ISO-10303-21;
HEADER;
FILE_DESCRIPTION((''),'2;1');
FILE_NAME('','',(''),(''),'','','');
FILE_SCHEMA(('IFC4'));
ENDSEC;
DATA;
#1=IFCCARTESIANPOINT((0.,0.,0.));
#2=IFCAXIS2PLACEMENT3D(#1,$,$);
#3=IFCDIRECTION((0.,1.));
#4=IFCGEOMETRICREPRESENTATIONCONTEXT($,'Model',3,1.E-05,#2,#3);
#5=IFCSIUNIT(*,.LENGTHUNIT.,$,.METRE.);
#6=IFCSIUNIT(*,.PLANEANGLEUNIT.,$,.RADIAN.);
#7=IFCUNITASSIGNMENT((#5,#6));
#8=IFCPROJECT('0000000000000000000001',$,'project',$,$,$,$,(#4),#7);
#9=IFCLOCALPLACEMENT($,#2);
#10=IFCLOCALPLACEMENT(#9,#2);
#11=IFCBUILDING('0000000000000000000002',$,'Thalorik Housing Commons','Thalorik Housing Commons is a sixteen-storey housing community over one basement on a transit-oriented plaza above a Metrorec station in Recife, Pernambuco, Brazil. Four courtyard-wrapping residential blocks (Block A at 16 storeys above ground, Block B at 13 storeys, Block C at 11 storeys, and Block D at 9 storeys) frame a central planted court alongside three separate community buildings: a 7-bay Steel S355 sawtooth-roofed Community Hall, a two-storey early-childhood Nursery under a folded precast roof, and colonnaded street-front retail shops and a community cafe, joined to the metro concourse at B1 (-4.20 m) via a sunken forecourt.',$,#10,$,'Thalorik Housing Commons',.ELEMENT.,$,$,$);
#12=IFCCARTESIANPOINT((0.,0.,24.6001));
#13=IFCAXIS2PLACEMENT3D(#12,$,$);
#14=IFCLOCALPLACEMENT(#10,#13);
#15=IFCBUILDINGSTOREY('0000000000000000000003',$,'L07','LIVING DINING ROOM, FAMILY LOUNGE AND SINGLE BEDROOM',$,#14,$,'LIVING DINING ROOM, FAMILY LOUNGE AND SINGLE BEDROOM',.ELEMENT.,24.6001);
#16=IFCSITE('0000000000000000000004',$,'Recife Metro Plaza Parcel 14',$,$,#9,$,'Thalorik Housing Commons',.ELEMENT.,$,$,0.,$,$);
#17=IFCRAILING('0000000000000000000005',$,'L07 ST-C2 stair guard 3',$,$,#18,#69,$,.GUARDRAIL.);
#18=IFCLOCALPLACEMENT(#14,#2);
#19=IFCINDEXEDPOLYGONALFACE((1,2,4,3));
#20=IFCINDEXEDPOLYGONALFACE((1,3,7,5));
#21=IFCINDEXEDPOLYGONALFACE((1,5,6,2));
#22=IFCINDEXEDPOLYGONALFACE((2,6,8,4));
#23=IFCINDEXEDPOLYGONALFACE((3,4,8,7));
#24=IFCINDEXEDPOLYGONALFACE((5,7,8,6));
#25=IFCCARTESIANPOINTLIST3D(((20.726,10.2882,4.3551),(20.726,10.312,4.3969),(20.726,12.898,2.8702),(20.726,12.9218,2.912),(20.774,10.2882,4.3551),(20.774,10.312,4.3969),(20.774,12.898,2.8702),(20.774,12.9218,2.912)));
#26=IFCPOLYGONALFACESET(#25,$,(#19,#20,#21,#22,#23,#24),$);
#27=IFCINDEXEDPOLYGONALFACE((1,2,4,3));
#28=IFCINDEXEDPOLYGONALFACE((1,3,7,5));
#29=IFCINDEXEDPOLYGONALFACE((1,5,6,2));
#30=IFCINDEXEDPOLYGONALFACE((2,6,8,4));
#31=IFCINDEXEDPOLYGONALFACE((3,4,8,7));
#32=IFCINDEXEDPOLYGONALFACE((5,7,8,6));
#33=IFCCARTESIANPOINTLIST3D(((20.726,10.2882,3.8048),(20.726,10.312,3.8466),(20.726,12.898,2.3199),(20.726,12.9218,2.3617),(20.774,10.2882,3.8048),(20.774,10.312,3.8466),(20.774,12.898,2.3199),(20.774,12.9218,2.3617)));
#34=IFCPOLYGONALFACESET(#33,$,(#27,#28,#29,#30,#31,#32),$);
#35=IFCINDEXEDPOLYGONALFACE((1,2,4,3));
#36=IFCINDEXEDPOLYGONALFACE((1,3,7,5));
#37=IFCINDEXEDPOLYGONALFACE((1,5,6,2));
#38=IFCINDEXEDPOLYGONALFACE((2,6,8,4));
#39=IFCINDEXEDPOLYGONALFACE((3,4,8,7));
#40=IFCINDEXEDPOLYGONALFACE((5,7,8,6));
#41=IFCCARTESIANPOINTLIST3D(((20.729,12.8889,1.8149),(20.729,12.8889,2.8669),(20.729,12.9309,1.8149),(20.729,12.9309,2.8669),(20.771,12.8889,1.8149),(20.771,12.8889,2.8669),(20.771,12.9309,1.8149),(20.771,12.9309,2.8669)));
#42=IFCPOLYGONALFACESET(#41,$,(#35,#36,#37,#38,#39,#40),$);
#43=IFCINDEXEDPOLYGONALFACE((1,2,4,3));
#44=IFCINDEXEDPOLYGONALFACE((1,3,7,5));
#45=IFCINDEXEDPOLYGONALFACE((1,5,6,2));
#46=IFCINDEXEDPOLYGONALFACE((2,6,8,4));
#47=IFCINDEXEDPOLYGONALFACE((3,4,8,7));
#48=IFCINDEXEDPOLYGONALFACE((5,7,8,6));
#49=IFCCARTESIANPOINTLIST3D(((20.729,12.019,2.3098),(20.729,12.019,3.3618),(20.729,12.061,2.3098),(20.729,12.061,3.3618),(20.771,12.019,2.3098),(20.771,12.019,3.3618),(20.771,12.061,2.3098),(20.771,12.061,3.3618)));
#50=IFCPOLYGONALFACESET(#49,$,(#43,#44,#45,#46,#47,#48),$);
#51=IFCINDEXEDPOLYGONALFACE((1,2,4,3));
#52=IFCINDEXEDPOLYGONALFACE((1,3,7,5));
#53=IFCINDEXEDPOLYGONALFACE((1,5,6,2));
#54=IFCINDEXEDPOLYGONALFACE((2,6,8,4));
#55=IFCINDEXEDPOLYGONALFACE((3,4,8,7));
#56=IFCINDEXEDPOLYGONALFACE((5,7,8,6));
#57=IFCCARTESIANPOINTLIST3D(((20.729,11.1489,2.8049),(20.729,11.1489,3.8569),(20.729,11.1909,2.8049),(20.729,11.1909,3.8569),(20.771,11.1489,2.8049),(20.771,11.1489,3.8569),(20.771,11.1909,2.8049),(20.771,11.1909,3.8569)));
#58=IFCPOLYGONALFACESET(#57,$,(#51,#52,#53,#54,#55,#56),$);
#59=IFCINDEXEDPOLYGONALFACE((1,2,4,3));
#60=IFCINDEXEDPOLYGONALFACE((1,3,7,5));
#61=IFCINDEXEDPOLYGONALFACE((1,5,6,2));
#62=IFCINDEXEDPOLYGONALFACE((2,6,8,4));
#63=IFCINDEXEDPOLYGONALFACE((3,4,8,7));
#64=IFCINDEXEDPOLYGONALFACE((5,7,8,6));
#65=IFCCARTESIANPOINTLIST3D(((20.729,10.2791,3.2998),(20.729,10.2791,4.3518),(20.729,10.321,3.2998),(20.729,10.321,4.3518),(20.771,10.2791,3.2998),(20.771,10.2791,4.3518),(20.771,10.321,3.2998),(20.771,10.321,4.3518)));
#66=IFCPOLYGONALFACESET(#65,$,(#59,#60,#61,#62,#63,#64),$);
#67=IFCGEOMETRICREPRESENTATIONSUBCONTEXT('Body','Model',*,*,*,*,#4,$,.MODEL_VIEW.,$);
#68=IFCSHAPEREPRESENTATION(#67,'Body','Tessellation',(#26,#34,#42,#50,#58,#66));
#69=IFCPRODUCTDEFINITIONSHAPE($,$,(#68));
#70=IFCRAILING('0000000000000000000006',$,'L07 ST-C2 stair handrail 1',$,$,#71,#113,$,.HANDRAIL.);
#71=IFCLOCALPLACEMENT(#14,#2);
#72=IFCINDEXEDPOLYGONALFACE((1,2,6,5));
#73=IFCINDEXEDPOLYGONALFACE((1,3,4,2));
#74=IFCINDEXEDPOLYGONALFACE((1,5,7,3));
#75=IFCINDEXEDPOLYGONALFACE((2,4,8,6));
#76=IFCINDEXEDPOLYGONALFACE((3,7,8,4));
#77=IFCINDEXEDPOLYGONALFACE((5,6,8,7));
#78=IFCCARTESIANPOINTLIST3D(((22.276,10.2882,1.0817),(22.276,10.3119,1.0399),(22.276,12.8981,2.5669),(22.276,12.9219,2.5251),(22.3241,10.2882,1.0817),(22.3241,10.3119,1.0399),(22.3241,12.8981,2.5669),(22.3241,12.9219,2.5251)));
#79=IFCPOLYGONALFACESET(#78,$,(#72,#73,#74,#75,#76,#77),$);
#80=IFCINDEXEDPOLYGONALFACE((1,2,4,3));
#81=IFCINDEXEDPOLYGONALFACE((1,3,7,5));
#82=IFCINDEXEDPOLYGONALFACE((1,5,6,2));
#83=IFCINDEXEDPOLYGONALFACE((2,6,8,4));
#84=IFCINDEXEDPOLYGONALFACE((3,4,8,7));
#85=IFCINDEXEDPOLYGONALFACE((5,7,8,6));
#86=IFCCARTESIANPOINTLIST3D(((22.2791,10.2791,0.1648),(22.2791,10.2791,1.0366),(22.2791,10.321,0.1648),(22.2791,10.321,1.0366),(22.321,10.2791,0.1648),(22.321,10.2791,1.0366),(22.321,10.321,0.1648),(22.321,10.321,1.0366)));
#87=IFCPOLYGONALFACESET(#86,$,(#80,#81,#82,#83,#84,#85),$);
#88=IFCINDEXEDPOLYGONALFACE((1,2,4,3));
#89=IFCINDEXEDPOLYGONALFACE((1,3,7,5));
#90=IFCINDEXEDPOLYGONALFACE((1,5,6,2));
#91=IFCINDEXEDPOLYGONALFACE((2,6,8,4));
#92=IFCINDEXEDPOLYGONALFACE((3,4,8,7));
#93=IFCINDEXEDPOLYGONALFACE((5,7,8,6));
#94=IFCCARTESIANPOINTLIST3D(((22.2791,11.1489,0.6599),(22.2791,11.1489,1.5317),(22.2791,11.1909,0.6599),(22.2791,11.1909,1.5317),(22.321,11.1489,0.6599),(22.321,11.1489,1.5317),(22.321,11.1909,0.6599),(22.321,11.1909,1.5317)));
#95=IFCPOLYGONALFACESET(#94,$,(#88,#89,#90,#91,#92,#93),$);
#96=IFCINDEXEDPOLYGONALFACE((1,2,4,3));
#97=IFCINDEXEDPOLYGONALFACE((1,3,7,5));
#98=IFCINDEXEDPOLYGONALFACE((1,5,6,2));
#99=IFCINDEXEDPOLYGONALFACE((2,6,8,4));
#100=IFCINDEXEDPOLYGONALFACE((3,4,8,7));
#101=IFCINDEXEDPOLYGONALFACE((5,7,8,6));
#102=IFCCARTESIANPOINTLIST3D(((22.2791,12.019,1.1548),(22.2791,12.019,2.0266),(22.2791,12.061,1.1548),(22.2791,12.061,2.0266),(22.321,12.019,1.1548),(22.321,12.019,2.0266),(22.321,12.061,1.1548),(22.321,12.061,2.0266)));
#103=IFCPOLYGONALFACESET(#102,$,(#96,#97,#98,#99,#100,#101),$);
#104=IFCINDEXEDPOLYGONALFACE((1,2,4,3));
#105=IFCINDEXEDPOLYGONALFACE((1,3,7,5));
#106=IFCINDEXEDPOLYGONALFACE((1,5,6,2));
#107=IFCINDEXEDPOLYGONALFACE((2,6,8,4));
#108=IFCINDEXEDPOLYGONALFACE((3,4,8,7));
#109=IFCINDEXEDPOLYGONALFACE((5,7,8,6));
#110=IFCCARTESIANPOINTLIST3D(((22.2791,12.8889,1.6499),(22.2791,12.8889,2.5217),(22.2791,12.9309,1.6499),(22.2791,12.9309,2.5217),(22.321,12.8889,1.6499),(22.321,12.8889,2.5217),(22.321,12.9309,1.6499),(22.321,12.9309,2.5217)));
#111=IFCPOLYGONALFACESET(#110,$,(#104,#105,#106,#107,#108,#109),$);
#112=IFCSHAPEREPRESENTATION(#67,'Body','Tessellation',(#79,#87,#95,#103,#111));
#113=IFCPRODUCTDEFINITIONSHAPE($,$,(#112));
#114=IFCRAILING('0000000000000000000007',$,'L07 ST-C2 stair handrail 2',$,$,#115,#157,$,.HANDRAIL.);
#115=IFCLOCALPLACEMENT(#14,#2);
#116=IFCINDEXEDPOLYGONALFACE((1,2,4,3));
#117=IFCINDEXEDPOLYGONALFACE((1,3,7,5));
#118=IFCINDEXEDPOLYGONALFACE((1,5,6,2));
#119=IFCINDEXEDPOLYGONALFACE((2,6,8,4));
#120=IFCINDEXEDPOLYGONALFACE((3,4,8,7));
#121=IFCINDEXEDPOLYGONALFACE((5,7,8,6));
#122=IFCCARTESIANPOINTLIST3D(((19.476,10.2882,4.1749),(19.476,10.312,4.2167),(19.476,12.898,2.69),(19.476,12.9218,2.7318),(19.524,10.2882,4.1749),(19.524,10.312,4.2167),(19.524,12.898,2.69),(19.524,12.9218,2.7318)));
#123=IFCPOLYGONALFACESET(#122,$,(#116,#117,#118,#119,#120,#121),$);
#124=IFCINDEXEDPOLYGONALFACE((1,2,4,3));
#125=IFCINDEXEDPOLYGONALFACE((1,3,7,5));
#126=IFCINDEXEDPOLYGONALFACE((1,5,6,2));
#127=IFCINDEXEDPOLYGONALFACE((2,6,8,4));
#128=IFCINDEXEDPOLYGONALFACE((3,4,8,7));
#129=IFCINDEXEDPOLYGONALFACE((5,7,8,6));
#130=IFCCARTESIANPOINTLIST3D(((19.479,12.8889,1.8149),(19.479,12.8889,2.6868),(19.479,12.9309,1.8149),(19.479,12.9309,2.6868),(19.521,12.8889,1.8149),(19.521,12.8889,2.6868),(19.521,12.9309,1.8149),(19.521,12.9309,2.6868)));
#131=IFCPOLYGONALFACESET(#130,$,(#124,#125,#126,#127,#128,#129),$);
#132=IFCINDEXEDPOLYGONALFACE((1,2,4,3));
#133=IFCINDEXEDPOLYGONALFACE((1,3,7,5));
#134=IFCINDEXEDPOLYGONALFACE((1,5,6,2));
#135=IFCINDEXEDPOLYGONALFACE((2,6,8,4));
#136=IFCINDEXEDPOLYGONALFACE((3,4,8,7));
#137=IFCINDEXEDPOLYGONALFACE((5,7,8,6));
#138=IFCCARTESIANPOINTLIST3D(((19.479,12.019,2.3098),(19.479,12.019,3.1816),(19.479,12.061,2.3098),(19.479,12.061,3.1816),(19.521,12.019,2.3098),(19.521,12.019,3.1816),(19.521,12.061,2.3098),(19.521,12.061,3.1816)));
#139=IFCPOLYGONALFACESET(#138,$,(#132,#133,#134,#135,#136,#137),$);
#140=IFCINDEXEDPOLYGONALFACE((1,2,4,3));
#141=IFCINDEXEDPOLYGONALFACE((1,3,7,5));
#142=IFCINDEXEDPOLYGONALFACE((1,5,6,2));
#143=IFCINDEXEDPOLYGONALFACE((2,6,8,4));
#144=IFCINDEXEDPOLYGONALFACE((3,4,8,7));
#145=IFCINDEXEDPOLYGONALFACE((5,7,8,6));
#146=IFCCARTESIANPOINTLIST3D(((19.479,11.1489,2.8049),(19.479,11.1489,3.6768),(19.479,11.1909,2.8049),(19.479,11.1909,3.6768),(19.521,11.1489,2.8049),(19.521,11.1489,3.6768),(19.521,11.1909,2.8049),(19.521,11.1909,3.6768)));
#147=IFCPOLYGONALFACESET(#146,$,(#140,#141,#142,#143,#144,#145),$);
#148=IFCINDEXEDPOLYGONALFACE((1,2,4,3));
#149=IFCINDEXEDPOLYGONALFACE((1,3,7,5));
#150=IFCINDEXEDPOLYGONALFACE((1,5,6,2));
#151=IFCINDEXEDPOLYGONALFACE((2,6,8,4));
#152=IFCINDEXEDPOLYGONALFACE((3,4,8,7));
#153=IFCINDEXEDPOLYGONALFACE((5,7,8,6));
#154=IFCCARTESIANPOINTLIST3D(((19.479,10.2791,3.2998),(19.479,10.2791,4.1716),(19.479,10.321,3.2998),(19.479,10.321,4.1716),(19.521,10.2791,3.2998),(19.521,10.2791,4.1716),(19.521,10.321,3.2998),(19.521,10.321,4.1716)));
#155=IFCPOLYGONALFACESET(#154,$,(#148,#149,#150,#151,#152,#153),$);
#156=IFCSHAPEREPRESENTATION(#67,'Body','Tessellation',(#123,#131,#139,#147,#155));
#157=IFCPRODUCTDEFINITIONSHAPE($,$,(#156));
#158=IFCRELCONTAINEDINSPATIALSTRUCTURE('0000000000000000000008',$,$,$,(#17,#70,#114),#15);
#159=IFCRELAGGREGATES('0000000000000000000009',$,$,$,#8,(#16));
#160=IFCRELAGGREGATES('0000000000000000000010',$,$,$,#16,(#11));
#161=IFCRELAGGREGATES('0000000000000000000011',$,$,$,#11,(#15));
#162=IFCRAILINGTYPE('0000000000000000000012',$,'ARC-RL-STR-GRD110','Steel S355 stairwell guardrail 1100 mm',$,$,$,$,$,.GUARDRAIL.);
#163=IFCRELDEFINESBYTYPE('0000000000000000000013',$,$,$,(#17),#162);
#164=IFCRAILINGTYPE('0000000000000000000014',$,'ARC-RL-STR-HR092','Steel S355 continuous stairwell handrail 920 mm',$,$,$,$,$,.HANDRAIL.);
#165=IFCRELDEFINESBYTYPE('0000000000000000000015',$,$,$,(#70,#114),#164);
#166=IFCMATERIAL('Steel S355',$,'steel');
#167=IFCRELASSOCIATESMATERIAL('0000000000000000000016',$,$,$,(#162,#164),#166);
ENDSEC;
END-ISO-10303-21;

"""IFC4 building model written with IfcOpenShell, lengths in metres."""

from ifc_helpers import new_model, si_unit, direction, frame, origin, origin_2d, place, context, subcontext, project, spatial, rectangle, extrude, material, type_object, element, save


model = new_model("IFC4")

# Units and contexts
model_context = context("Model", 3, precision=1e-05, world=origin(), true_north=direction((0.0, 1.0)))
body_context = subcontext(model_context, "Body", "Model", "MODEL_VIEW")
ifc_project = project(units=[si_unit("LENGTHUNIT", "METRE"), si_unit("PLANEANGLEUNIT", "RADIAN")], contexts=[model_context])

# Site, building, storey
site_placement = place(None, origin())
site = spatial("IfcSite", under=ifc_project, at=site_placement, Name="Recife Metro Plaza Parcel 14", LongName="Thalorik Housing Commons", CompositionType="ELEMENT", RefElevation=0.0)
building_placement = place(site_placement, origin())
building = spatial("IfcBuilding", under=site, at=building_placement, Name="Thalorik Housing Commons", Description="Thalorik Housing Commons is a sixteen-storey housing community over one basement on a transit-oriented plaza above a Metrorec station in Recife, Pernambuco, Brazil. Four courtyard-wrapping residential blocks (Block A at 16 storeys above ground, Block B at 13 storeys, Block C at 11 storeys, and Block D at 9 storeys) frame a central planted court alongside three separate community buildings: a 7-bay Steel S355 sawtooth-roofed Community Hall, a two-storey early-childhood Nursery under a folded precast roof, and colonnaded street-front retail shops and a community cafe, joined to the metro concourse at B1 (-4.20 m) via a sunken forecourt.", LongName="Thalorik Housing Commons", CompositionType="ELEMENT")
storey_placement = place(building_placement, frame((0.0, 0.0, 24.6001)))
storey = spatial("IfcBuildingStorey", under=building, at=storey_placement, Name="L07", Description="LIVING DINING ROOM, FAMILY LOUNGE AND SINGLE BEDROOM", LongName="LIVING DINING ROOM, FAMILY LOUNGE AND SINGLE BEDROOM", CompositionType="ELEMENT", Elevation=24.6001)

# Railings
ifc_material_1 = material(Name="Steel S355", Category="steel")
railing_type_1 = type_object("IfcRailingType", Name="ARC-RL-STR-GRD110", Description="Steel S355 stairwell guardrail 1100 mm", PredefinedType="GUARDRAIL", material=ifc_material_1)
railing_1_placement = place(storey_placement, frame((20.75, 12.9099, 1.8149)))
element("IfcRailing", 1, at=railing_1_placement, inside=storey, type_object=railing_type_1, Name="L07 ST-C2 stair guard 3", PredefinedType="GUARDRAIL", context=body_context, shape_type="SweptSolid", body=[
    extrude(rectangle(XDim=0.0481, YDim=0.0481, at=origin_2d()), frame((0.0, 0.0, 1.0762), z_axis=(0.0, -0.869172, 0.494509), x_axis=(1.0, 0.0, 0.0)), (0.0, 0.0, 1.0), 3.0027),
    extrude(rectangle(XDim=0.0481, YDim=0.0481, at=origin_2d()), frame((0.0, 0.0, 0.5259), z_axis=(0.0, -0.869172, 0.494509), x_axis=(1.0, 0.0, 0.0)), (0.0, 0.0, 1.0), 3.0027),
    extrude(rectangle(XDim=0.042, YDim=0.042, at=origin_2d()), origin(), (0.0, 0.0, 1.0), 1.052),
    extrude(rectangle(XDim=0.042, YDim=0.042, at=origin_2d()), frame((0.0, -0.8699, 0.4949)), (0.0, 0.0, 1.0), 1.052),
    extrude(rectangle(XDim=0.042, YDim=0.042, at=origin_2d()), frame((0.0, -1.74, 0.99)), (0.0, 0.0, 1.0), 1.052),
    extrude(rectangle(XDim=0.042, YDim=0.042, at=origin_2d()), frame((0.0, -2.6099, 1.4849)), (0.0, 0.0, 1.0), 1.052),
])
railing_type_2 = type_object("IfcRailingType", Name="ARC-RL-STR-HR092", Description="Steel S355 continuous stairwell handrail 920 mm", PredefinedType="HANDRAIL", material=ifc_material_1)
railing_2_placement = place(storey_placement, frame((22.3, 10.3, 0.1648)))
element("IfcRailing", 2, at=railing_2_placement, inside=storey, type_object=railing_type_2, Name="L07 ST-C2 stair handrail 1", PredefinedType="HANDRAIL", context=body_context, shape_type="SweptSolid", body=[
    extrude(rectangle(XDim=0.0481, YDim=0.0481, at=origin_2d()), frame((0.0, 0.0, 0.896), z_axis=(0.0, 0.869137, 0.494571), x_axis=(-1.0, 0.0, 0.0)), (0.0, 0.0, 1.0), 3.0029),
    extrude(rectangle(XDim=0.042, YDim=0.042, at=origin_2d()), origin(), (0.0, 0.0, 1.0), 0.8718),
    extrude(rectangle(XDim=0.042, YDim=0.042, at=origin_2d()), frame((0.0, 0.8699, 0.4951)), (0.0, 0.0, 1.0), 0.8718),
    extrude(rectangle(XDim=0.042, YDim=0.042, at=origin_2d()), frame((0.0, 1.74, 0.99)), (0.0, 0.0, 1.0), 0.8718),
    extrude(rectangle(XDim=0.042, YDim=0.042, at=origin_2d()), frame((0.0, 2.6099, 1.4851)), (0.0, 0.0, 1.0), 0.8718),
])
railing_3_placement = place(storey_placement, frame((19.5, 12.9099, 1.8149)))
element("IfcRailing", 3, at=railing_3_placement, inside=storey, type_object=railing_type_2, Name="L07 ST-C2 stair handrail 2", PredefinedType="HANDRAIL", context=body_context, shape_type="SweptSolid", body=[
    extrude(rectangle(XDim=0.0481, YDim=0.0481, at=origin_2d()), frame((0.0, 0.0, 0.896), z_axis=(0.0, -0.869172, 0.494509), x_axis=(1.0, 0.0, 0.0)), (0.0, 0.0, 1.0), 3.0027),
    extrude(rectangle(XDim=0.042, YDim=0.042, at=origin_2d()), origin(), (0.0, 0.0, 1.0), 0.8718),
    extrude(rectangle(XDim=0.042, YDim=0.042, at=origin_2d()), frame((0.0, -0.8699, 0.4949)), (0.0, 0.0, 1.0), 0.8718),
    extrude(rectangle(XDim=0.042, YDim=0.042, at=origin_2d()), frame((0.0, -1.74, 0.99)), (0.0, 0.0, 1.0), 0.8718),
    extrude(rectangle(XDim=0.042, YDim=0.042, at=origin_2d()), frame((0.0, -2.6099, 1.4849)), (0.0, 0.0, 1.0), 0.8718),
])

save(model, "model.ifc")
